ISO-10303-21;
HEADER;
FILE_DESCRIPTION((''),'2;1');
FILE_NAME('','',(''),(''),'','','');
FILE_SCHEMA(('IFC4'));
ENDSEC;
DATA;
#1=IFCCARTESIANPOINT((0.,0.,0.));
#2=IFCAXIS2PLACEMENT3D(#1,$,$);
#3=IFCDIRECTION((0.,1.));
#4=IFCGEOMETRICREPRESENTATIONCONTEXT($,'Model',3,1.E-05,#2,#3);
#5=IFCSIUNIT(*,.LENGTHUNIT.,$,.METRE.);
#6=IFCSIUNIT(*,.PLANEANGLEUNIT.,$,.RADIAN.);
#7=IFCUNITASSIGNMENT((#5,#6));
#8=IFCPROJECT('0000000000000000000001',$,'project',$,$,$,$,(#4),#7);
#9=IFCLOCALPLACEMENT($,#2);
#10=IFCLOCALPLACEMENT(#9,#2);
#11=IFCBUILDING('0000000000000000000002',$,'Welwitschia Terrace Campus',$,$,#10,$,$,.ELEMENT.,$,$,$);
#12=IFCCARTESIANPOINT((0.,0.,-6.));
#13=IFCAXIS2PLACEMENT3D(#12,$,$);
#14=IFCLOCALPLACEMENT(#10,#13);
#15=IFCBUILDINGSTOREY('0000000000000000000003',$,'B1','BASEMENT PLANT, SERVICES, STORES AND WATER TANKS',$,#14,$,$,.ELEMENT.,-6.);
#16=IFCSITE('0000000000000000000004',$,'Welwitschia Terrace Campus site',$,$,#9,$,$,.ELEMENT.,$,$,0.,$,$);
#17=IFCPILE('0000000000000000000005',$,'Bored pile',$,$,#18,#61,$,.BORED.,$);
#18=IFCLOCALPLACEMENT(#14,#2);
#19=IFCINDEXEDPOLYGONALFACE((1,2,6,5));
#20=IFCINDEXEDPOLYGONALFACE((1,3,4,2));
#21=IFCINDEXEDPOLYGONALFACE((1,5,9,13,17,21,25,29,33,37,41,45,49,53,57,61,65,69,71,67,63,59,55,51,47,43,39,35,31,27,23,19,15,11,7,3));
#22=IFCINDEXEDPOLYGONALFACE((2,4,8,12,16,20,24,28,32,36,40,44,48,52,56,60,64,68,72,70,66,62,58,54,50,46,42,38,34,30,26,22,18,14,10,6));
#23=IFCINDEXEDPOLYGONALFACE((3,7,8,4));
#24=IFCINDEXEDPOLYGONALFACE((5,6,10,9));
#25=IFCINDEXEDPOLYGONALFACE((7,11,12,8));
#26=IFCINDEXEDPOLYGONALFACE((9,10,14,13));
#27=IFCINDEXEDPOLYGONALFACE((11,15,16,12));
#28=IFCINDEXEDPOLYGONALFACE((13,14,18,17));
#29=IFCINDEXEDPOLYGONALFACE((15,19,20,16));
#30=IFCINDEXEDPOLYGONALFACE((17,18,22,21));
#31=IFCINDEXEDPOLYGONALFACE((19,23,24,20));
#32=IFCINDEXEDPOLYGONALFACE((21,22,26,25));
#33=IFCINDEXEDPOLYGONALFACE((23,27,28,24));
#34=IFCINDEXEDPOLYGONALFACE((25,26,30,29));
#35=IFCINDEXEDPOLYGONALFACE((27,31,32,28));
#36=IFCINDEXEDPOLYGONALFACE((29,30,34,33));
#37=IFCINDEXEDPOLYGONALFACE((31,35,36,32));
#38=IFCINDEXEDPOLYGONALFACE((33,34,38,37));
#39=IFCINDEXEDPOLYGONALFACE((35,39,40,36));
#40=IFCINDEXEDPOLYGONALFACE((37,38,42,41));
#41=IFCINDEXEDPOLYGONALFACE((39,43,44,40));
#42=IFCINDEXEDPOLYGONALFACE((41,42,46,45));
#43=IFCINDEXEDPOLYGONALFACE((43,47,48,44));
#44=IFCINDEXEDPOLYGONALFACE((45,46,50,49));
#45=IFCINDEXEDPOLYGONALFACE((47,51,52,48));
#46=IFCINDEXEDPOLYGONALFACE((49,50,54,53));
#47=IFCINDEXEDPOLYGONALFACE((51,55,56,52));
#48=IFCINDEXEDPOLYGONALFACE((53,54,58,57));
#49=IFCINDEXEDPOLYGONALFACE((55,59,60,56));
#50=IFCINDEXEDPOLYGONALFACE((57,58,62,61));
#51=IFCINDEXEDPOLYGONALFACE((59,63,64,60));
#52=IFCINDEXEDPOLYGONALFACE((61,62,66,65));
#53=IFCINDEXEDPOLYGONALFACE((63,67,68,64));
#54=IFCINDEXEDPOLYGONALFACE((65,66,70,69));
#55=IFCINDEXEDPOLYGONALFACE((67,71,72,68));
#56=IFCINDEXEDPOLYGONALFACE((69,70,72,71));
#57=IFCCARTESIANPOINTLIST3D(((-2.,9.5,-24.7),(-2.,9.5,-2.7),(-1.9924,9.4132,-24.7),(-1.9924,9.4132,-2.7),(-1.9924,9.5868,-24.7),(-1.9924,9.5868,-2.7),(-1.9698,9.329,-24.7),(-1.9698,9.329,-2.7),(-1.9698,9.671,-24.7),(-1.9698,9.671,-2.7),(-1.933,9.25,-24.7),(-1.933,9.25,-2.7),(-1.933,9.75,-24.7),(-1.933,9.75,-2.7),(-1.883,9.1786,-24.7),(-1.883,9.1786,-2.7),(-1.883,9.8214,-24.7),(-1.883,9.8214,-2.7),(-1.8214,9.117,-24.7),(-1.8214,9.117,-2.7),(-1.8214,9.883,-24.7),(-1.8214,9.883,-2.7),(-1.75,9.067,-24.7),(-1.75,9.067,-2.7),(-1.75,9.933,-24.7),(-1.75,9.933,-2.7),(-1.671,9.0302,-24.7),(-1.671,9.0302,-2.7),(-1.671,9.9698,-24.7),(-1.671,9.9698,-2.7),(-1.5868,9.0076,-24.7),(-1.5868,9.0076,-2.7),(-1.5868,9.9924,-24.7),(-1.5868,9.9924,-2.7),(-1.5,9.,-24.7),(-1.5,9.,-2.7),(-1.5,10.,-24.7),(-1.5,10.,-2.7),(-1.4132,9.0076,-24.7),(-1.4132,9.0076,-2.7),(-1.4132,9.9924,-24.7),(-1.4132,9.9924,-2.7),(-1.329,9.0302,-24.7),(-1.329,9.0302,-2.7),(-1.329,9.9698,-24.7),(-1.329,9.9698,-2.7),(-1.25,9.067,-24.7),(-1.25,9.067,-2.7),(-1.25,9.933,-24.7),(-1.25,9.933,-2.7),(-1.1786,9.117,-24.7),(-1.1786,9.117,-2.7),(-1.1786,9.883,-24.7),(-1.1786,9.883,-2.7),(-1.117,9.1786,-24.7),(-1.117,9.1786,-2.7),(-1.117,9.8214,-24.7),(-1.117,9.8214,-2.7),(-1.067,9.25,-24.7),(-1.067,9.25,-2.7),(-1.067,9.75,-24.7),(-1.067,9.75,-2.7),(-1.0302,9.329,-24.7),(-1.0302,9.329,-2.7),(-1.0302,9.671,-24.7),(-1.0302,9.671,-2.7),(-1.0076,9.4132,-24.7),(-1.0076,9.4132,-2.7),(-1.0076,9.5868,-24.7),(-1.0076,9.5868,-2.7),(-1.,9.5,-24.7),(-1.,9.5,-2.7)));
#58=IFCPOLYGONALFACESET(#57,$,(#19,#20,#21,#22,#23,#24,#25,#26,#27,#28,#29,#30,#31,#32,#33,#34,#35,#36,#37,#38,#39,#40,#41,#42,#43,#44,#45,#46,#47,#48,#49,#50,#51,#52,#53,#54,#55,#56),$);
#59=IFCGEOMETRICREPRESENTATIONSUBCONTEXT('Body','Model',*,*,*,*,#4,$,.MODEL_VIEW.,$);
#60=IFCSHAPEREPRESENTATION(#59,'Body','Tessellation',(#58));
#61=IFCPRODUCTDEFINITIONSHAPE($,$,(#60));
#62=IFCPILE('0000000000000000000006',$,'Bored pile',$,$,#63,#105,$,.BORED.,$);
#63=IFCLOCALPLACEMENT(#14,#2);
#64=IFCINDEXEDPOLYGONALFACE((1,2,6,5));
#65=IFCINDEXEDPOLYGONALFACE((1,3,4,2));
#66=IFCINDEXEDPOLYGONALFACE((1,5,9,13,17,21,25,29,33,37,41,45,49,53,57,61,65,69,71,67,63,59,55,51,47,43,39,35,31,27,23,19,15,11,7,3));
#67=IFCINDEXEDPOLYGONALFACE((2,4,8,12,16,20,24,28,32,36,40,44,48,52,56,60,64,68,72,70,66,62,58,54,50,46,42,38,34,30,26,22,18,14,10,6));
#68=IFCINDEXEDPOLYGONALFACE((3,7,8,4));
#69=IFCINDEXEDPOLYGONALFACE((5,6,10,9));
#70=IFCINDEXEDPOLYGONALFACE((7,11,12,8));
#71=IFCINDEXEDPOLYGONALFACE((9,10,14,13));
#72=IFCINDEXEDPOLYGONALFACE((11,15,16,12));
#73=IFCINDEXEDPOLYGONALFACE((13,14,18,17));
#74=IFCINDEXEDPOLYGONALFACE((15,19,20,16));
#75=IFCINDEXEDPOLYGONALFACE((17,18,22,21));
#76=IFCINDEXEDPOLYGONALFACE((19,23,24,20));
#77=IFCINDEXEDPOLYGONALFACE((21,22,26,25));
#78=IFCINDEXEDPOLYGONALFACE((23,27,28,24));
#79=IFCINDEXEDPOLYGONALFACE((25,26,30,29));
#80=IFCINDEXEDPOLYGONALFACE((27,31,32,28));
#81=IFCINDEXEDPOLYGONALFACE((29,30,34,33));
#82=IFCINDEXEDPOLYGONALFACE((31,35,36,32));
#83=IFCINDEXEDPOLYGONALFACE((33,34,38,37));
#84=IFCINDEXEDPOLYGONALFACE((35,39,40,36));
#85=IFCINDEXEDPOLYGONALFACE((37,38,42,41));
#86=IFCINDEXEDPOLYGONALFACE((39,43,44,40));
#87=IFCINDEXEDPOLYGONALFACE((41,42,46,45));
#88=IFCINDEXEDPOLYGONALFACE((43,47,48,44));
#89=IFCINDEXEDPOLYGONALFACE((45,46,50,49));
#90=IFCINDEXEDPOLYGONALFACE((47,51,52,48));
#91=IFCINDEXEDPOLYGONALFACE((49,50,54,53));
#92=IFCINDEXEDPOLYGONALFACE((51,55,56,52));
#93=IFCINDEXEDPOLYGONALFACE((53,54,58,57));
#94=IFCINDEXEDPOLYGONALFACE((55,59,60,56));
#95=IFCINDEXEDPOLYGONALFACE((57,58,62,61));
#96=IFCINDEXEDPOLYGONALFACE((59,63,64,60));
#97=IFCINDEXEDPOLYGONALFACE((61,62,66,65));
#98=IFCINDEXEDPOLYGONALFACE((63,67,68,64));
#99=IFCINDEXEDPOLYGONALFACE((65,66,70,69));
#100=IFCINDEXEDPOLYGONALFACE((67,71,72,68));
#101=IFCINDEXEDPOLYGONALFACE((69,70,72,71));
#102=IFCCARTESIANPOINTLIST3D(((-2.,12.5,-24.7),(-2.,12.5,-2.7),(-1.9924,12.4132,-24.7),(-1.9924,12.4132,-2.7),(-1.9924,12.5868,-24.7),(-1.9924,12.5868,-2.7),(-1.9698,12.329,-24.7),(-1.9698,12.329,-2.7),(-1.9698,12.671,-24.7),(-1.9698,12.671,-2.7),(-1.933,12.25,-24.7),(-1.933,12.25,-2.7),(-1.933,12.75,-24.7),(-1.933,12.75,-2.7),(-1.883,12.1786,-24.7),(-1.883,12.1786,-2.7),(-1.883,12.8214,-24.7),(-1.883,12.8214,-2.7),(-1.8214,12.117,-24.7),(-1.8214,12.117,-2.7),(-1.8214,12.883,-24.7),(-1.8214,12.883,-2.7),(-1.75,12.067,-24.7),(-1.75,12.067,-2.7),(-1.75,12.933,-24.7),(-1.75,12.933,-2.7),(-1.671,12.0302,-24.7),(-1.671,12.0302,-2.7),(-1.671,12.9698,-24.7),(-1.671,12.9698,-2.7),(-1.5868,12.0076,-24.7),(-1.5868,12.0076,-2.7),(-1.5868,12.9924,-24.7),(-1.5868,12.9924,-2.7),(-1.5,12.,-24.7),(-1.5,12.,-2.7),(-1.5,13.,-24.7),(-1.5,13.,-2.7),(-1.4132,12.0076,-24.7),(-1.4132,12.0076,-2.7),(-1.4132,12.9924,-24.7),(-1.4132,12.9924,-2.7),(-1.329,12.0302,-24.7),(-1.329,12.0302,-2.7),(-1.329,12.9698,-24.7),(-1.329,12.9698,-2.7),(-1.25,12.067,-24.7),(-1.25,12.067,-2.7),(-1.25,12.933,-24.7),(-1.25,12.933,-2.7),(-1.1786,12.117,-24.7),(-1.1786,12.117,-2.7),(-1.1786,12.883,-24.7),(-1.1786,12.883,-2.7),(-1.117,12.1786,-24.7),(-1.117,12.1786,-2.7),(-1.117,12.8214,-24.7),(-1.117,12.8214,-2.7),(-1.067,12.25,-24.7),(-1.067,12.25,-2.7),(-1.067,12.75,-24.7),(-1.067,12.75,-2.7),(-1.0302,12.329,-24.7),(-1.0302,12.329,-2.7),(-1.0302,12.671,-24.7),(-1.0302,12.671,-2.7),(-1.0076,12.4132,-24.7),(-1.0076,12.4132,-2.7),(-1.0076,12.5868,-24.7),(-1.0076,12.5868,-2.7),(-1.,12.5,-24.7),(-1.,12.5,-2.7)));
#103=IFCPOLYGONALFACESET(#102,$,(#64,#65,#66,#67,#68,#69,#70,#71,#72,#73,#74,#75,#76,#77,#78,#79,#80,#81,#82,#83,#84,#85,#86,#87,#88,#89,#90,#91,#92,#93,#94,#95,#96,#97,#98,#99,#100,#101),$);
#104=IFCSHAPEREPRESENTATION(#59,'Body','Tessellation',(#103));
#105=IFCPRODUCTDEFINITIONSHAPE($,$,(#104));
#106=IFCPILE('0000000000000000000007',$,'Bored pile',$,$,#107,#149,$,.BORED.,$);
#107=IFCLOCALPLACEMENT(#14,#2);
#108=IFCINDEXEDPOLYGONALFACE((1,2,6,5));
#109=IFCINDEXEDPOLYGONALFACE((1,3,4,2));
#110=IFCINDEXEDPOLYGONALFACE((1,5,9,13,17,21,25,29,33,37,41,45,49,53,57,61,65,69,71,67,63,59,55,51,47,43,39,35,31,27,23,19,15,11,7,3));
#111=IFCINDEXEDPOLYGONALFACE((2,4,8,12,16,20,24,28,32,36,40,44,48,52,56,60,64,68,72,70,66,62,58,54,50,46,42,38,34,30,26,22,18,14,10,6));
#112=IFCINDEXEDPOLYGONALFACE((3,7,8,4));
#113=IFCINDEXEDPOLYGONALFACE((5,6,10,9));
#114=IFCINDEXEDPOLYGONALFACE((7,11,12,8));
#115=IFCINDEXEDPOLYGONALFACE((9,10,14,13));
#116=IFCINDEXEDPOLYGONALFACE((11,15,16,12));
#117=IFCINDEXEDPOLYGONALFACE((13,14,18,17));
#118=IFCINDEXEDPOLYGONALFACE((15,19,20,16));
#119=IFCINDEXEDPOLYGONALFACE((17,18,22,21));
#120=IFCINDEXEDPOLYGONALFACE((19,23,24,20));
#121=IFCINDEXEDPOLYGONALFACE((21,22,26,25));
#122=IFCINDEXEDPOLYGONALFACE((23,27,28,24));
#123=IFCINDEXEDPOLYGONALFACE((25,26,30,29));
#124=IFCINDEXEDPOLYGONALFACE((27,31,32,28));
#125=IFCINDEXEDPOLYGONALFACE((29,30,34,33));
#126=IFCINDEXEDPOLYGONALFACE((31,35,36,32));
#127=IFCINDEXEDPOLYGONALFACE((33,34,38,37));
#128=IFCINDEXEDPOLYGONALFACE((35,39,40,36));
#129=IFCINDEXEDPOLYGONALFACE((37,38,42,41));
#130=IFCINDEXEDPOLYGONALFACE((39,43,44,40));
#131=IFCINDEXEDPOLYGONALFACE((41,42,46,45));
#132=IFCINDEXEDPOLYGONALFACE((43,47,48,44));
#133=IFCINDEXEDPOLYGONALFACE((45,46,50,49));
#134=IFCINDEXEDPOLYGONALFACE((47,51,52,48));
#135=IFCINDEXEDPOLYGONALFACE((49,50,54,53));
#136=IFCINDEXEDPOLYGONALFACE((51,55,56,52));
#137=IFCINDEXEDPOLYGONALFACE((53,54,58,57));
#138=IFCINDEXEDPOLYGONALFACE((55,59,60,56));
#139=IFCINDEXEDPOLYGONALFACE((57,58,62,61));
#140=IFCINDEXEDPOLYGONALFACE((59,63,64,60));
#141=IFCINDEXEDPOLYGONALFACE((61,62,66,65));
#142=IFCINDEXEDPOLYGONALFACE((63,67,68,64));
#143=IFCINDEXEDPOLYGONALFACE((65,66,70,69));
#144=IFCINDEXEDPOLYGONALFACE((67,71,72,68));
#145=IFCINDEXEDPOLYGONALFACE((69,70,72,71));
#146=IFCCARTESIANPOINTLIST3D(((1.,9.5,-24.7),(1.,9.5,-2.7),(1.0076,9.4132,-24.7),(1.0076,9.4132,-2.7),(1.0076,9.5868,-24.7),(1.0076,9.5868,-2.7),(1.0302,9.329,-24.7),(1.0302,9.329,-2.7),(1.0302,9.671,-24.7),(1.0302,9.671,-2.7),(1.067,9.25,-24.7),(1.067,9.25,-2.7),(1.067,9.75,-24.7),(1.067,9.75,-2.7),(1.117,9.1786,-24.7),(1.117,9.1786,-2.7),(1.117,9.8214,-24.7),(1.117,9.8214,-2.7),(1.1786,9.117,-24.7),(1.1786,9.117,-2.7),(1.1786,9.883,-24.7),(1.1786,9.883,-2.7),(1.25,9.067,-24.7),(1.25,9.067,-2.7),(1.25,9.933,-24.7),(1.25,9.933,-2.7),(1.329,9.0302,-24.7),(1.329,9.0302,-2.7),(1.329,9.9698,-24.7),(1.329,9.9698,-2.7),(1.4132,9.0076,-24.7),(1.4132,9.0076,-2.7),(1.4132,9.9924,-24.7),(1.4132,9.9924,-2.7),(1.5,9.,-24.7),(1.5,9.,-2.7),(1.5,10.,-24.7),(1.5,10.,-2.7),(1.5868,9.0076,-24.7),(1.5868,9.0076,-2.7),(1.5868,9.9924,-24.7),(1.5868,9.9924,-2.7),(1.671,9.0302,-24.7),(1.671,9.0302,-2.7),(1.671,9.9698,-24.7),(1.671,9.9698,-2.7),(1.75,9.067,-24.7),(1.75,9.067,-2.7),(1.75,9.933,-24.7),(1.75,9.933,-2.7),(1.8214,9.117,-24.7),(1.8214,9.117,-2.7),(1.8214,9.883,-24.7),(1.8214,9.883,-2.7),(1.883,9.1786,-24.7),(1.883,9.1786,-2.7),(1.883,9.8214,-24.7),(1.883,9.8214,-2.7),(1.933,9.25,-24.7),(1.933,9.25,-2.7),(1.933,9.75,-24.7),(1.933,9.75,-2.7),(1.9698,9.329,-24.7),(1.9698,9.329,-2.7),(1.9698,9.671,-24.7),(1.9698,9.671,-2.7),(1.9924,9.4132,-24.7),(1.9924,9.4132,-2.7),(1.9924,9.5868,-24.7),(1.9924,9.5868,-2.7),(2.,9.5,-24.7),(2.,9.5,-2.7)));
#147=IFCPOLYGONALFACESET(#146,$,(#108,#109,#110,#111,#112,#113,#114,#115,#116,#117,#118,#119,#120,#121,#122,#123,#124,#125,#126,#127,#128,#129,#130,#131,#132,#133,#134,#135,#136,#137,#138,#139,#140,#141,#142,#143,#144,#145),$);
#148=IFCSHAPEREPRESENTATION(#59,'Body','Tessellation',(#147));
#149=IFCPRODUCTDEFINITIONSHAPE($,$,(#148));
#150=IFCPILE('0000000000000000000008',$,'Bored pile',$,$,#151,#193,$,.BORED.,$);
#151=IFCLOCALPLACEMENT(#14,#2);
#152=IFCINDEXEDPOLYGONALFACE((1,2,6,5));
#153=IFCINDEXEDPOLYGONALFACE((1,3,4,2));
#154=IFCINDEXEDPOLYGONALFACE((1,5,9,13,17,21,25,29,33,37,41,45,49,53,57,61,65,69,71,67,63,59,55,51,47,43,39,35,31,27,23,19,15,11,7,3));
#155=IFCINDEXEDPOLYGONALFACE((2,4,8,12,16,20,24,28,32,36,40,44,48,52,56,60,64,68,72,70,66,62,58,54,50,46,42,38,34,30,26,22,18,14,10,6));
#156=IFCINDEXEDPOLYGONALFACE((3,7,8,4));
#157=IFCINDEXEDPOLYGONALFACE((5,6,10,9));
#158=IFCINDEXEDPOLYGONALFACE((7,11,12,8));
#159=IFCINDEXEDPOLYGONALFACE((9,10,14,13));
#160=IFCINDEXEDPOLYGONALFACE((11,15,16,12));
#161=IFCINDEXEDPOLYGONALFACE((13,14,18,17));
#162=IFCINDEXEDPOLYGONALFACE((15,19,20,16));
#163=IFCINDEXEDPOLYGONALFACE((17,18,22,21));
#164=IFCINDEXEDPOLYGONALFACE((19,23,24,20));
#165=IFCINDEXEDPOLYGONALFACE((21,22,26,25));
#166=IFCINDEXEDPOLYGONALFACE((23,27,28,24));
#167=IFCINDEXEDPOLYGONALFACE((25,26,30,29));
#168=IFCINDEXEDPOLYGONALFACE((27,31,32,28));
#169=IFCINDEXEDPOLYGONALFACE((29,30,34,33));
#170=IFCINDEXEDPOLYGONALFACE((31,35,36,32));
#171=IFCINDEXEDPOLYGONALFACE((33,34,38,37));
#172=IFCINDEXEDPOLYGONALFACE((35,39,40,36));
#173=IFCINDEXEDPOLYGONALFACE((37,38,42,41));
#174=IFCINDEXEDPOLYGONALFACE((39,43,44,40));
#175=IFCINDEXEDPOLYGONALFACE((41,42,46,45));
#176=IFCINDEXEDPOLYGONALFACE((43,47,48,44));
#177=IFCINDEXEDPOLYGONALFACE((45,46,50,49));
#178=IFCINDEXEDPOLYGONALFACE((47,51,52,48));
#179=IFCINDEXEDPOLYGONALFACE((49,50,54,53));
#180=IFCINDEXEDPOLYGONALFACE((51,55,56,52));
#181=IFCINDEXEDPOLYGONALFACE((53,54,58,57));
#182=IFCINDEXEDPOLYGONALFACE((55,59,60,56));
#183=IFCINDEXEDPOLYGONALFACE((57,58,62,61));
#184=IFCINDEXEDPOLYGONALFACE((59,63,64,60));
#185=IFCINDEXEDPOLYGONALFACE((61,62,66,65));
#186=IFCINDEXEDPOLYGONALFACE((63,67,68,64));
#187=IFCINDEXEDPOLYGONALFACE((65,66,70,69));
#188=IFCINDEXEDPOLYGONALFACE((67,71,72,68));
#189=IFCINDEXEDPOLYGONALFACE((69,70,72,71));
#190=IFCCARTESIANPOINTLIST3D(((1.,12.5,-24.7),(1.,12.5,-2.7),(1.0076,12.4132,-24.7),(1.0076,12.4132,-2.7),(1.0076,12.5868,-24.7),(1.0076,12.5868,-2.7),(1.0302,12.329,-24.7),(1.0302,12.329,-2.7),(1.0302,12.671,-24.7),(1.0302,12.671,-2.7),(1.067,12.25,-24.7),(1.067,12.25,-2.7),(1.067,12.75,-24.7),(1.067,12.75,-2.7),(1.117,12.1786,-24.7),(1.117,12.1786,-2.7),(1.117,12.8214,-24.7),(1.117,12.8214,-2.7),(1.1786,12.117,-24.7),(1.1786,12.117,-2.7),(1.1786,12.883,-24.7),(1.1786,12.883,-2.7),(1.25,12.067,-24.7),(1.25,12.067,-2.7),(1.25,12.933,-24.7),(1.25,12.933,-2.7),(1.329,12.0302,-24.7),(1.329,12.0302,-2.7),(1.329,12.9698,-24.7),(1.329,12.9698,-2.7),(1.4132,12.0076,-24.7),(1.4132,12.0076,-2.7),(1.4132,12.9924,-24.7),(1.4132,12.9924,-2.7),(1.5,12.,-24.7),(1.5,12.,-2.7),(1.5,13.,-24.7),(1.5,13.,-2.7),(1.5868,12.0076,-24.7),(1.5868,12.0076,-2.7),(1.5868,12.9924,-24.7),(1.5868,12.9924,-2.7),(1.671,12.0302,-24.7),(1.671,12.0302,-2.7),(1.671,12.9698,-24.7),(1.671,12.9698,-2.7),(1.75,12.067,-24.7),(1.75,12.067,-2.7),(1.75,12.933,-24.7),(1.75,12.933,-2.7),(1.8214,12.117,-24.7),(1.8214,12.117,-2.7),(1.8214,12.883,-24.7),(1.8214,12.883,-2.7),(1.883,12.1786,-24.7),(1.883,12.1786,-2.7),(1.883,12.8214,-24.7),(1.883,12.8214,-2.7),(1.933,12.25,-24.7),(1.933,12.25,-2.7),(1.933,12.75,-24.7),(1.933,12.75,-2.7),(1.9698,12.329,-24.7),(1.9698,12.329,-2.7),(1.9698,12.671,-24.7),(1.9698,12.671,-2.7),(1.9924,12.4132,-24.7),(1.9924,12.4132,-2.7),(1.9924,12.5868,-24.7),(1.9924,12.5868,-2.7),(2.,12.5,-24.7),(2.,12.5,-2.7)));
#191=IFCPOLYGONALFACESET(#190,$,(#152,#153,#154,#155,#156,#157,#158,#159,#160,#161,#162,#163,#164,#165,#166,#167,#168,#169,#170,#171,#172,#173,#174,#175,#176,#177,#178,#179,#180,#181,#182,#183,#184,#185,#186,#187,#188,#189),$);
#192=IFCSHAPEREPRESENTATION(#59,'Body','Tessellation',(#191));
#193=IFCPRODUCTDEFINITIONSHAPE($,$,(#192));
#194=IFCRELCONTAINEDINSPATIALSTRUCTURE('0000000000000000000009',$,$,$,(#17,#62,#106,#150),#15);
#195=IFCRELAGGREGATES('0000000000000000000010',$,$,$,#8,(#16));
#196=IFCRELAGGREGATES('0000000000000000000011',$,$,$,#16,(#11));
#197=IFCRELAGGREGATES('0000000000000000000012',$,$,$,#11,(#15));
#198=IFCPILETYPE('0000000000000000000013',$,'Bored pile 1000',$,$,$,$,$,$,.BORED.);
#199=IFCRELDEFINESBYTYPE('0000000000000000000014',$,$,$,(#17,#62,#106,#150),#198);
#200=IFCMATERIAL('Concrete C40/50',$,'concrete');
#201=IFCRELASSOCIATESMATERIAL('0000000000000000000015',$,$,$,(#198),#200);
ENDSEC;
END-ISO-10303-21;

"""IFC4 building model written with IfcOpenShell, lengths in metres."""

from ifc_helpers import new_model, si_unit, direction, frame, origin, origin_2d, place, context, subcontext, project, spatial, circle, extrude, material, type_object, element, save


model = new_model("IFC4")

# Units and contexts
model_context = context("Model", 3, precision=1e-05, world=origin(), true_north=direction((0.0, 1.0)))
body_context = subcontext(model_context, "Body", "Model", "MODEL_VIEW")
ifc_project = project(units=[si_unit("LENGTHUNIT", "METRE"), si_unit("PLANEANGLEUNIT", "RADIAN")], contexts=[model_context])

# Site, building, storey
site_placement = place(None, origin())
site = spatial("IfcSite", under=ifc_project, at=site_placement, Name="Welwitschia Terrace Campus site", CompositionType="ELEMENT", RefElevation=0.0)
building_placement = place(site_placement, origin())
building = spatial("IfcBuilding", under=site, at=building_placement, Name="Welwitschia Terrace Campus", CompositionType="ELEMENT")
storey_placement = place(building_placement, frame((0.0, 0.0, -6.0)))
storey = spatial("IfcBuildingStorey", under=building, at=storey_placement, Name="B1", Description="BASEMENT PLANT, SERVICES, STORES AND WATER TANKS", CompositionType="ELEMENT", Elevation=-6.0)

# Piles
ifc_material_1 = material(Name="Concrete C40/50", Category="concrete")
pile_type_1 = type_object("IfcPileType", Name="Bored pile 1000", PredefinedType="BORED", material=ifc_material_1)
for number, where, z_axis, x_axis, name in (
    (1, (-1.5, 9.5, -2.7), (0.0, 0.0, -1.0), (1.0, 0.0, 0.0), "Bored pile"),
    (2, (-1.5, 12.5, -2.7), (0.0, 0.0, -1.0), (1.0, 0.0, 0.0), "Bored pile"),
    (3, (1.5, 9.5, -2.7), (0.0, 0.0, -1.0), (1.0, 0.0, 0.0), "Bored pile"),
    (4, (1.5, 12.5, -2.7), (0.0, 0.0, -1.0), (1.0, 0.0, 0.0), "Bored pile"),
):
    element("IfcPile", number, at=place(storey_placement, frame(where, z_axis=z_axis, x_axis=x_axis)), inside=storey, type_object=pile_type_1, Name=name, PredefinedType="BORED", context=body_context, shape_type="SweptSolid", body=[
        extrude(circle(Radius=0.5, at=origin_2d()), origin(), (0.0, 0.0, 1.0), 22.0),
    ])

save(model, "model.ifc")
